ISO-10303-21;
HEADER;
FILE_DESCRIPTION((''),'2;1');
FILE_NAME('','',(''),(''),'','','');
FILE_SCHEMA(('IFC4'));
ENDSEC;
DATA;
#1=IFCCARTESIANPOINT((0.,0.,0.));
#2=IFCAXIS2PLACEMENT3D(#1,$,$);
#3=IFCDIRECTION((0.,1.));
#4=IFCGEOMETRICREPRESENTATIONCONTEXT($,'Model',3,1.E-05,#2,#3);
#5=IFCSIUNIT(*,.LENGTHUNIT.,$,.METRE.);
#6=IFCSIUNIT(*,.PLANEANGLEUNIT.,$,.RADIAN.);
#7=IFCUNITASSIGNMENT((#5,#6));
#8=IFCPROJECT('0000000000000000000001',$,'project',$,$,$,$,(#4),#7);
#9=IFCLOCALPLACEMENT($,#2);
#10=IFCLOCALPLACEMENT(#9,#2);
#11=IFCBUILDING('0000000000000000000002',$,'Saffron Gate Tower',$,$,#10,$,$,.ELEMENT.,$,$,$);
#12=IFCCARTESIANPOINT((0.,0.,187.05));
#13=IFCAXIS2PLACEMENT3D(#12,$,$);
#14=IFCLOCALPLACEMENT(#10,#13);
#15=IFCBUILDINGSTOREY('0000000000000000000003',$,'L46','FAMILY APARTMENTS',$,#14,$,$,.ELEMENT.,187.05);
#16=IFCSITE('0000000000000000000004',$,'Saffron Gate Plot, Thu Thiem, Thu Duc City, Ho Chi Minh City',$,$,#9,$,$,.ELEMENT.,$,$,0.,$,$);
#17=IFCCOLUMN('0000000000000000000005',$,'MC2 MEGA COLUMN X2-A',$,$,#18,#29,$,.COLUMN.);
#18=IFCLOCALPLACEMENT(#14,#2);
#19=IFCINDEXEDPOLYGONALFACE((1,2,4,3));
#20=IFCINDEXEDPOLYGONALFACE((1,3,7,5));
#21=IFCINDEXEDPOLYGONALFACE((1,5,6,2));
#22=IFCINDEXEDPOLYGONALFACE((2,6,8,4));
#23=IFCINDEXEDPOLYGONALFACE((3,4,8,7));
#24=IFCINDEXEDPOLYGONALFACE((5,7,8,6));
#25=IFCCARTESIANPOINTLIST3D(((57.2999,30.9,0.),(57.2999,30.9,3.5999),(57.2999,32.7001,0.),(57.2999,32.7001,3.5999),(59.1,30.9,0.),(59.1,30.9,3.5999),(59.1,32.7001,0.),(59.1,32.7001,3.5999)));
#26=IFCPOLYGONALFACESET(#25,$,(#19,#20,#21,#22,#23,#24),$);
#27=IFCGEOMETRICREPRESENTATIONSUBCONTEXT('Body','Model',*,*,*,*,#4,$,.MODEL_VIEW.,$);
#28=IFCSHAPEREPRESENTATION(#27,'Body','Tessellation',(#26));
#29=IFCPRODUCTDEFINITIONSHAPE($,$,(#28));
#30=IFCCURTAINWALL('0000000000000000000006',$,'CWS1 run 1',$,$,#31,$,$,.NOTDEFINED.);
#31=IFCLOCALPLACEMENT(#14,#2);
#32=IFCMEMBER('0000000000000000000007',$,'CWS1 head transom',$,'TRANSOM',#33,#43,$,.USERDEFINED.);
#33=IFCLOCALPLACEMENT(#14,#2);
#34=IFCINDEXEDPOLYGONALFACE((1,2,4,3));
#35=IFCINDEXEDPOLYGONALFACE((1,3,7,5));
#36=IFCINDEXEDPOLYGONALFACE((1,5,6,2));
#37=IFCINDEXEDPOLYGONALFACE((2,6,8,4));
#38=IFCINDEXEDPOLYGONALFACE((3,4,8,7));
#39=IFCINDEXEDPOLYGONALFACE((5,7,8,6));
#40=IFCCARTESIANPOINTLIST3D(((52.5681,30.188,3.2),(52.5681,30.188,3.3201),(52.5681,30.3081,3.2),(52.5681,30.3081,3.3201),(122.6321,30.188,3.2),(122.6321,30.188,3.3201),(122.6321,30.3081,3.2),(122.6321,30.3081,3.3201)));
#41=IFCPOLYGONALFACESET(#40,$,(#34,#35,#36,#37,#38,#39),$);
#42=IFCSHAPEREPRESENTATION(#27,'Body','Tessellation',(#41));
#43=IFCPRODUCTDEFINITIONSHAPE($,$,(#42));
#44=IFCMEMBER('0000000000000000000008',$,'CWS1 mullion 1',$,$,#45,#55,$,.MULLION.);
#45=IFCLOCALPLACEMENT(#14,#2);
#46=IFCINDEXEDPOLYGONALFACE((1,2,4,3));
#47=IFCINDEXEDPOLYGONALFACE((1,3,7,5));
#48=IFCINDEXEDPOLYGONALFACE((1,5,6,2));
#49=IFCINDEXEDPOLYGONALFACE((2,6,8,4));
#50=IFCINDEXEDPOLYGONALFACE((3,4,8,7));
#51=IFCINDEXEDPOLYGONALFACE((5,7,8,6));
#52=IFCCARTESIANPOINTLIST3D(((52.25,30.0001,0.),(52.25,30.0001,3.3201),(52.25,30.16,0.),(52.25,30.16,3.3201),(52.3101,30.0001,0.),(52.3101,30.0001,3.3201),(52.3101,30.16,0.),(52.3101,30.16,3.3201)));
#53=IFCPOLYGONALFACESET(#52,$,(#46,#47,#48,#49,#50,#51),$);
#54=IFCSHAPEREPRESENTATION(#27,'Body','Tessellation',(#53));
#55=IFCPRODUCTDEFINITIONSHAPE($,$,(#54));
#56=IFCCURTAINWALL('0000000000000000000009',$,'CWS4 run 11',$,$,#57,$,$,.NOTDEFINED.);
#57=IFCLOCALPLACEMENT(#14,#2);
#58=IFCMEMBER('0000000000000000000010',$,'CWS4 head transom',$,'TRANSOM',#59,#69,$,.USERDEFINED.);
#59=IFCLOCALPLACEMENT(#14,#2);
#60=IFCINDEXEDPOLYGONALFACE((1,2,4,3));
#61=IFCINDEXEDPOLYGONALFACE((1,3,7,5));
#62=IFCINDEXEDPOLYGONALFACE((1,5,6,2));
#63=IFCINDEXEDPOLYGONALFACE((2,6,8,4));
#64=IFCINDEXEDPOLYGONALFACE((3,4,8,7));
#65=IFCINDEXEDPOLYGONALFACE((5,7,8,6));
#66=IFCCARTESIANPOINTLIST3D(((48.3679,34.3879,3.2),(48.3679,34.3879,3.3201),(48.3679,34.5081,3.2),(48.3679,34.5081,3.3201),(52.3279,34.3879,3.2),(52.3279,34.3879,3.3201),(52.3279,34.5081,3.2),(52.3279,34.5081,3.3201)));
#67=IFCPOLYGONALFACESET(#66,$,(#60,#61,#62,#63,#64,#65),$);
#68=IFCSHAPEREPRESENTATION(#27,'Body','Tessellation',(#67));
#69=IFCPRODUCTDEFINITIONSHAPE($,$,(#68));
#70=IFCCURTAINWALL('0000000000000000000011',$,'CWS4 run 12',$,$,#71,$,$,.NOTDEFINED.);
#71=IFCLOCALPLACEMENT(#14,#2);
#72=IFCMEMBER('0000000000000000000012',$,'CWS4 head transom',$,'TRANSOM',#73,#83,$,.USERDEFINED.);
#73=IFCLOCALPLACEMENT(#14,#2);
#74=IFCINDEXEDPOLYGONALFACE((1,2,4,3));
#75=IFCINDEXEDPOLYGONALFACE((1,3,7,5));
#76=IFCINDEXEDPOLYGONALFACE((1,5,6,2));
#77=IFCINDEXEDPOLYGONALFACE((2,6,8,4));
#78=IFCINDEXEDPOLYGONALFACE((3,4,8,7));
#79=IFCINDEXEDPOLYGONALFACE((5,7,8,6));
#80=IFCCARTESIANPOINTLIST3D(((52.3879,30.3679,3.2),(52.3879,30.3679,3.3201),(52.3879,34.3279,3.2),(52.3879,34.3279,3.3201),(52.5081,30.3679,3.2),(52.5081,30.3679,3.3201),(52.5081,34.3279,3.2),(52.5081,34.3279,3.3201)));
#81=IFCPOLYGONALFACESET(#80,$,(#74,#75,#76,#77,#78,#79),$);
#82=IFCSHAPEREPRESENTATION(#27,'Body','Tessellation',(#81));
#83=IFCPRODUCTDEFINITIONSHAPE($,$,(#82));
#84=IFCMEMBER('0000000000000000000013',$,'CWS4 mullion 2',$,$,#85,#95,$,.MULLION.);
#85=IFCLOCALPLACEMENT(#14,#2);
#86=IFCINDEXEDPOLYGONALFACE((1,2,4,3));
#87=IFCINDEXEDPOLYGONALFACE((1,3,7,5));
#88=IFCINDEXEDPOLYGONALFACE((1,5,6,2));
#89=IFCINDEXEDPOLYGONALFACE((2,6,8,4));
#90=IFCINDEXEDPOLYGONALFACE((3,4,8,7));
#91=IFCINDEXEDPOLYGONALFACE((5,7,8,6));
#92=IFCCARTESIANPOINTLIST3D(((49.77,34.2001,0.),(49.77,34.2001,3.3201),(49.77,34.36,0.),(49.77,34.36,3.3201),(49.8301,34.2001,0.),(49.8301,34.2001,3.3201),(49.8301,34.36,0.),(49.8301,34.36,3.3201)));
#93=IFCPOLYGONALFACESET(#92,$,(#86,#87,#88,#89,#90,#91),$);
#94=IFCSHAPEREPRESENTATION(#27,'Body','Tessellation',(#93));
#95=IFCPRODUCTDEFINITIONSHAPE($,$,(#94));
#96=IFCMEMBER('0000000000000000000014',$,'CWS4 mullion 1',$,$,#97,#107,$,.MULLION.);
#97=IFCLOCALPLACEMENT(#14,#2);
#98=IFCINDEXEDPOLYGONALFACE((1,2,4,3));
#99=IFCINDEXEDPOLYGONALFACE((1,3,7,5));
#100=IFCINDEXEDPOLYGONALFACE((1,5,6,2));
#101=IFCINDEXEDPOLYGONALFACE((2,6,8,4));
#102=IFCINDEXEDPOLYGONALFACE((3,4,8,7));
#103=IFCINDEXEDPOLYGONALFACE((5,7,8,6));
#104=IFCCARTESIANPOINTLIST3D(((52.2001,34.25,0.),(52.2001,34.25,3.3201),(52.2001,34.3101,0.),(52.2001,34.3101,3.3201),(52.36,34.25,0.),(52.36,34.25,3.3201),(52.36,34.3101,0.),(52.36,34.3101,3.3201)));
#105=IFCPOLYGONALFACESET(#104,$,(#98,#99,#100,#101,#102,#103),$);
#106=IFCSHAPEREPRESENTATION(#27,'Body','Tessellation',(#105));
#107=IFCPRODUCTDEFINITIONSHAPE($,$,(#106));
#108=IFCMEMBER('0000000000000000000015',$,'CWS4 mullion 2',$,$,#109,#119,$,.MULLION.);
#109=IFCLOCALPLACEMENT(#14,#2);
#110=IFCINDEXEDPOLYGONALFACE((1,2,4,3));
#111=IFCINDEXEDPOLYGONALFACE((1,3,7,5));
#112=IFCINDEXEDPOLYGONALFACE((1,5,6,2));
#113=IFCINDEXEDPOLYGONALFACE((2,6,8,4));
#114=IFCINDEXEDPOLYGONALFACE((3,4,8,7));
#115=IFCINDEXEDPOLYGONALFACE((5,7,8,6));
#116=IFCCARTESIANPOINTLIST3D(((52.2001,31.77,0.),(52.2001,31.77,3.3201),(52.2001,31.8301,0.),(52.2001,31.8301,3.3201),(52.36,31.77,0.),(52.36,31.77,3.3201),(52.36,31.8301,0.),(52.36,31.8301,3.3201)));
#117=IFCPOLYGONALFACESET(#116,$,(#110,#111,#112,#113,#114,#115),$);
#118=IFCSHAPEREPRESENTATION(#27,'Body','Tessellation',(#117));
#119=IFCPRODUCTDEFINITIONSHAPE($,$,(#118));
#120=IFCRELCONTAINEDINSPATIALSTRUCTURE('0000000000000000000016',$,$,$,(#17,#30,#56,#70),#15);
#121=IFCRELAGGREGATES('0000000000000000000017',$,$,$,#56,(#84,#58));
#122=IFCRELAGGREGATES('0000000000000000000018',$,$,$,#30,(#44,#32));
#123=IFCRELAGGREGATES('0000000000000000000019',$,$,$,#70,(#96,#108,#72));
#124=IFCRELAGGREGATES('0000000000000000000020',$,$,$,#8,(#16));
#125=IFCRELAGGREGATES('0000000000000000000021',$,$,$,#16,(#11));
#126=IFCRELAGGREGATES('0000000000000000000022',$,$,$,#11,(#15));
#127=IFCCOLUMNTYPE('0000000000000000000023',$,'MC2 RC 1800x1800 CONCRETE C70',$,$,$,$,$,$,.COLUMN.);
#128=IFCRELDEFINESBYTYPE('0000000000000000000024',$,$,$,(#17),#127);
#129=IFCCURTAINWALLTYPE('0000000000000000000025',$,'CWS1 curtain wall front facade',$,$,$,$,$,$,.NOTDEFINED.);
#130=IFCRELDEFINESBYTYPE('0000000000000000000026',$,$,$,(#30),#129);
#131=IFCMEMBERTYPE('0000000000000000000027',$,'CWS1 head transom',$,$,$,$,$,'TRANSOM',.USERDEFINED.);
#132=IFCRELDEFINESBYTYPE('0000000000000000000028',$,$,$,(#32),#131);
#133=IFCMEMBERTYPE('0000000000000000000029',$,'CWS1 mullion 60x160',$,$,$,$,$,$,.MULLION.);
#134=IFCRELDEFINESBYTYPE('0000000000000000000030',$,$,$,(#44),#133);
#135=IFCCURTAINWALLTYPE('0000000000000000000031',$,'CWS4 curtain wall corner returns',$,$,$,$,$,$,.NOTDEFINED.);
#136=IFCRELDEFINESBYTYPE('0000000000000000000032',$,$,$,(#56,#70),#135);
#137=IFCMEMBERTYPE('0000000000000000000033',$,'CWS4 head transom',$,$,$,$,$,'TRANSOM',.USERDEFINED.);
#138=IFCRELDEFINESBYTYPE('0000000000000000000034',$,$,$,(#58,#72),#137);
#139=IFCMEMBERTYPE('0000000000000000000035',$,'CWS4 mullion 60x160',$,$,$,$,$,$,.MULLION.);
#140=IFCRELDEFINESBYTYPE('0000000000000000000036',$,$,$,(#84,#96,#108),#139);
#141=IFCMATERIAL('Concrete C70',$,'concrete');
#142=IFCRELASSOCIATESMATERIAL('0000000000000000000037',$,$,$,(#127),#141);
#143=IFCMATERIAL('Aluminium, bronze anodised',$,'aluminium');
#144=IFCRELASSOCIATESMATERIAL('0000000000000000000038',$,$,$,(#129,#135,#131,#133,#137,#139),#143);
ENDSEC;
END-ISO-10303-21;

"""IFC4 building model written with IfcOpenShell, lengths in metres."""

from ifc_helpers import new_model, si_unit, direction, frame, origin, origin_2d, place, context, subcontext, project, spatial, rectangle, extrude, material, material_profile, profile_set, type_object, element, aggregate, save


model = new_model("IFC4")

# Units and contexts
model_context = context("Model", 3, precision=1e-05, world=origin(), true_north=direction((0.0, 1.0)))
body_context = subcontext(model_context, "Body", "Model", "MODEL_VIEW")
ifc_project = project(units=[si_unit("LENGTHUNIT", "METRE"), si_unit("PLANEANGLEUNIT", "RADIAN")], contexts=[model_context])

# Site, building, storey
site_placement = place(None, origin())
site = spatial("IfcSite", under=ifc_project, at=site_placement, Name="Saffron Gate Plot, Thu Thiem, Thu Duc City, Ho Chi Minh City", CompositionType="ELEMENT", RefElevation=0.0)
building_placement = place(site_placement, origin())
building = spatial("IfcBuilding", under=site, at=building_placement, Name="Saffron Gate Tower", CompositionType="ELEMENT")
storey_placement = place(building_placement, frame((0.0, 0.0, 187.05)))
storey = spatial("IfcBuildingStorey", under=building, at=storey_placement, Name="L46", Description="FAMILY APARTMENTS", CompositionType="ELEMENT", Elevation=187.05)

# Column
ifc_material_1 = material(Name="Concrete C70", Category="concrete")
ifc_material_profile_1 = material_profile(ifc_material_1, rectangle(XDim=1.8, YDim=1.8, at=origin_2d()))
ifc_profile_set_1 = profile_set([ifc_material_profile_1], Name="Concrete C70")
column_type = type_object("IfcColumnType", Name="MC2 RC 1800x1800 CONCRETE C70", PredefinedType="COLUMN", material=ifc_profile_set_1)
column_placement = place(storey_placement, frame((58.2, 31.8, 0.0), z_axis=(0.0, 0.0, 1.0), x_axis=(1.0, 0.0, 0.0)))
element("IfcColumn", 1, at=column_placement, inside=storey, type_object=column_type, Name="MC2 MEGA COLUMN X2-A", PredefinedType="COLUMN", context=body_context, shape_type="SweptSolid", body=[
    extrude(rectangle(XDim=1.8, YDim=1.8, at=origin_2d()), origin(), (0.0, 0.0, 1.0), 3.5999),
])

# Curtain wall, members
ifc_material_2 = material(Name="Aluminium, bronze anodised", Category="aluminium")
curtain_wall_type_1 = type_object("IfcCurtainWallType", Name="CWS1 curtain wall front facade", PredefinedType="NOTDEFINED", material=ifc_material_2)
curtain_wall_1_placement = place(storey_placement, origin())
curtain_wall_1 = element("IfcCurtainWall", 2, at=curtain_wall_1_placement, inside=storey, type_object=curtain_wall_type_1, Name="CWS1 run 1", PredefinedType="NOTDEFINED")
ifc_material_profile_2 = material_profile(ifc_material_2, rectangle(XDim=0.1201, YDim=0.1201, at=origin_2d()))
ifc_profile_set_2 = profile_set([ifc_material_profile_2], Name="Aluminium, bronze anodised")
member_type_1 = type_object("IfcMemberType", Name="CWS1 head transom", ElementType="TRANSOM", PredefinedType="USERDEFINED", material=ifc_profile_set_2)
member_1_placement = place(storey_placement, frame((52.5681, 30.248, 3.26), z_axis=(1.0, 0.0, 0.0), x_axis=(0.0, 1.0, 0.0)))
member_1 = element("IfcMember", 3, at=member_1_placement, type_object=member_type_1, Name="CWS1 head transom", ObjectType="TRANSOM", PredefinedType="USERDEFINED", context=body_context, shape_type="SweptSolid", body=[
    extrude(rectangle(XDim=0.1201, YDim=0.1201, at=origin_2d()), origin(), (0.0, 0.0, 1.0), 70.064),
])
ifc_material_profile_3 = material_profile(ifc_material_2, rectangle(XDim=0.1599, YDim=0.0601, at=origin_2d()))
ifc_profile_set_3 = profile_set([ifc_material_profile_3], Name="Aluminium, bronze anodised")
member_type_2 = type_object("IfcMemberType", Name="CWS1 mullion 60x160", PredefinedType="MULLION", material=ifc_profile_set_3)
member_2_placement = place(storey_placement, frame((52.28, 30.0801, 0.0), z_axis=(0.0, 0.0, 1.0), x_axis=(0.0, 1.0, 0.0)))
member_2 = element("IfcMember", 4, at=member_2_placement, type_object=member_type_2, Name="CWS1 mullion 1", PredefinedType="MULLION", context=body_context, shape_type="SweptSolid", body=[
    extrude(rectangle(XDim=0.1599, YDim=0.0601, at=origin_2d()), origin(), (0.0, 0.0, 1.0), 3.3201),
])

# Curtain walls, members
curtain_wall_type_2 = type_object("IfcCurtainWallType", Name="CWS4 curtain wall corner returns", PredefinedType="NOTDEFINED", material=ifc_material_2)
curtain_wall_2_placement = place(storey_placement, origin())
curtain_wall_2 = element("IfcCurtainWall", 5, at=curtain_wall_2_placement, inside=storey, type_object=curtain_wall_type_2, Name="CWS4 run 11", PredefinedType="NOTDEFINED")
ifc_material_profile_4 = material_profile(ifc_material_2, rectangle(XDim=0.1201, YDim=0.1201, at=origin_2d()))
ifc_profile_set_4 = profile_set([ifc_material_profile_4], Name="Aluminium, bronze anodised")
member_type_3 = type_object("IfcMemberType", Name="CWS4 head transom", ElementType="TRANSOM", PredefinedType="USERDEFINED", material=ifc_profile_set_4)
member_3_placement = place(storey_placement, frame((48.3679, 34.448, 3.26), z_axis=(1.0, 0.0, 0.0), x_axis=(0.0, 1.0, 0.0)))
member_3 = element("IfcMember", 6, at=member_3_placement, type_object=member_type_3, Name="CWS4 head transom", ObjectType="TRANSOM", PredefinedType="USERDEFINED", context=body_context, shape_type="SweptSolid", body=[
    extrude(rectangle(XDim=0.1201, YDim=0.1201, at=origin_2d()), origin(), (0.0, 0.0, 1.0), 3.96),
])
curtain_wall_3_placement = place(storey_placement, origin())
curtain_wall_3 = element("IfcCurtainWall", 7, at=curtain_wall_3_placement, inside=storey, type_object=curtain_wall_type_2, Name="CWS4 run 12", PredefinedType="NOTDEFINED")
member_4_placement = place(storey_placement, frame((52.448, 34.3279, 3.26), z_axis=(0.0, -1.0, 0.0), x_axis=(1.0, 0.0, 0.0)))
member_4 = element("IfcMember", 8, at=member_4_placement, type_object=member_type_3, Name="CWS4 head transom", ObjectType="TRANSOM", PredefinedType="USERDEFINED", context=body_context, shape_type="SweptSolid", body=[
    extrude(rectangle(XDim=0.1201, YDim=0.1201, at=origin_2d()), origin(), (0.0, 0.0, 1.0), 3.96),
])

# Members
ifc_material_profile_5 = material_profile(ifc_material_2, rectangle(XDim=0.1599, YDim=0.0601, at=origin_2d()))
ifc_profile_set_5 = profile_set([ifc_material_profile_5], Name="Aluminium, bronze anodised")
member_type_4 = type_object("IfcMemberType", Name="CWS4 mullion 60x160", PredefinedType="MULLION", material=ifc_profile_set_5)
member_5_placement = place(storey_placement, frame((49.8, 34.28, 0.0), z_axis=(0.0, 0.0, 1.0), x_axis=(0.0, 1.0, 0.0)))
member_5 = element("IfcMember", 9, at=member_5_placement, type_object=member_type_4, Name="CWS4 mullion 2", PredefinedType="MULLION", context=body_context, shape_type="SweptSolid", body=[
    extrude(rectangle(XDim=0.1599, YDim=0.0601, at=origin_2d()), origin(), (0.0, 0.0, 1.0), 3.3201),
])
aggregate(curtain_wall_2, [member_5, member_3])
member_6_placement = place(storey_placement, frame((52.28, 34.28, 0.0), z_axis=(0.0, 0.0, 1.0), x_axis=(1.0, 0.0, 0.0)))
member_6 = element("IfcMember", 10, at=member_6_placement, type_object=member_type_4, Name="CWS4 mullion 1", PredefinedType="MULLION", context=body_context, shape_type="SweptSolid", body=[
    extrude(rectangle(XDim=0.1599, YDim=0.0601, at=origin_2d()), origin(), (0.0, 0.0, 1.0), 3.3201),
])
member_7_placement = place(storey_placement, frame((52.28, 31.8, 0.0), z_axis=(0.0, 0.0, 1.0), x_axis=(1.0, 0.0, 0.0)))
member_7 = element("IfcMember", 11, at=member_7_placement, type_object=member_type_4, Name="CWS4 mullion 2", PredefinedType="MULLION", context=body_context, shape_type="SweptSolid", body=[
    extrude(rectangle(XDim=0.1599, YDim=0.0601, at=origin_2d()), origin(), (0.0, 0.0, 1.0), 3.3201),
])

aggregate(curtain_wall_1, [member_2, member_1])

aggregate(curtain_wall_3, [member_6, member_7, member_4])

save(model, "model.ifc")
